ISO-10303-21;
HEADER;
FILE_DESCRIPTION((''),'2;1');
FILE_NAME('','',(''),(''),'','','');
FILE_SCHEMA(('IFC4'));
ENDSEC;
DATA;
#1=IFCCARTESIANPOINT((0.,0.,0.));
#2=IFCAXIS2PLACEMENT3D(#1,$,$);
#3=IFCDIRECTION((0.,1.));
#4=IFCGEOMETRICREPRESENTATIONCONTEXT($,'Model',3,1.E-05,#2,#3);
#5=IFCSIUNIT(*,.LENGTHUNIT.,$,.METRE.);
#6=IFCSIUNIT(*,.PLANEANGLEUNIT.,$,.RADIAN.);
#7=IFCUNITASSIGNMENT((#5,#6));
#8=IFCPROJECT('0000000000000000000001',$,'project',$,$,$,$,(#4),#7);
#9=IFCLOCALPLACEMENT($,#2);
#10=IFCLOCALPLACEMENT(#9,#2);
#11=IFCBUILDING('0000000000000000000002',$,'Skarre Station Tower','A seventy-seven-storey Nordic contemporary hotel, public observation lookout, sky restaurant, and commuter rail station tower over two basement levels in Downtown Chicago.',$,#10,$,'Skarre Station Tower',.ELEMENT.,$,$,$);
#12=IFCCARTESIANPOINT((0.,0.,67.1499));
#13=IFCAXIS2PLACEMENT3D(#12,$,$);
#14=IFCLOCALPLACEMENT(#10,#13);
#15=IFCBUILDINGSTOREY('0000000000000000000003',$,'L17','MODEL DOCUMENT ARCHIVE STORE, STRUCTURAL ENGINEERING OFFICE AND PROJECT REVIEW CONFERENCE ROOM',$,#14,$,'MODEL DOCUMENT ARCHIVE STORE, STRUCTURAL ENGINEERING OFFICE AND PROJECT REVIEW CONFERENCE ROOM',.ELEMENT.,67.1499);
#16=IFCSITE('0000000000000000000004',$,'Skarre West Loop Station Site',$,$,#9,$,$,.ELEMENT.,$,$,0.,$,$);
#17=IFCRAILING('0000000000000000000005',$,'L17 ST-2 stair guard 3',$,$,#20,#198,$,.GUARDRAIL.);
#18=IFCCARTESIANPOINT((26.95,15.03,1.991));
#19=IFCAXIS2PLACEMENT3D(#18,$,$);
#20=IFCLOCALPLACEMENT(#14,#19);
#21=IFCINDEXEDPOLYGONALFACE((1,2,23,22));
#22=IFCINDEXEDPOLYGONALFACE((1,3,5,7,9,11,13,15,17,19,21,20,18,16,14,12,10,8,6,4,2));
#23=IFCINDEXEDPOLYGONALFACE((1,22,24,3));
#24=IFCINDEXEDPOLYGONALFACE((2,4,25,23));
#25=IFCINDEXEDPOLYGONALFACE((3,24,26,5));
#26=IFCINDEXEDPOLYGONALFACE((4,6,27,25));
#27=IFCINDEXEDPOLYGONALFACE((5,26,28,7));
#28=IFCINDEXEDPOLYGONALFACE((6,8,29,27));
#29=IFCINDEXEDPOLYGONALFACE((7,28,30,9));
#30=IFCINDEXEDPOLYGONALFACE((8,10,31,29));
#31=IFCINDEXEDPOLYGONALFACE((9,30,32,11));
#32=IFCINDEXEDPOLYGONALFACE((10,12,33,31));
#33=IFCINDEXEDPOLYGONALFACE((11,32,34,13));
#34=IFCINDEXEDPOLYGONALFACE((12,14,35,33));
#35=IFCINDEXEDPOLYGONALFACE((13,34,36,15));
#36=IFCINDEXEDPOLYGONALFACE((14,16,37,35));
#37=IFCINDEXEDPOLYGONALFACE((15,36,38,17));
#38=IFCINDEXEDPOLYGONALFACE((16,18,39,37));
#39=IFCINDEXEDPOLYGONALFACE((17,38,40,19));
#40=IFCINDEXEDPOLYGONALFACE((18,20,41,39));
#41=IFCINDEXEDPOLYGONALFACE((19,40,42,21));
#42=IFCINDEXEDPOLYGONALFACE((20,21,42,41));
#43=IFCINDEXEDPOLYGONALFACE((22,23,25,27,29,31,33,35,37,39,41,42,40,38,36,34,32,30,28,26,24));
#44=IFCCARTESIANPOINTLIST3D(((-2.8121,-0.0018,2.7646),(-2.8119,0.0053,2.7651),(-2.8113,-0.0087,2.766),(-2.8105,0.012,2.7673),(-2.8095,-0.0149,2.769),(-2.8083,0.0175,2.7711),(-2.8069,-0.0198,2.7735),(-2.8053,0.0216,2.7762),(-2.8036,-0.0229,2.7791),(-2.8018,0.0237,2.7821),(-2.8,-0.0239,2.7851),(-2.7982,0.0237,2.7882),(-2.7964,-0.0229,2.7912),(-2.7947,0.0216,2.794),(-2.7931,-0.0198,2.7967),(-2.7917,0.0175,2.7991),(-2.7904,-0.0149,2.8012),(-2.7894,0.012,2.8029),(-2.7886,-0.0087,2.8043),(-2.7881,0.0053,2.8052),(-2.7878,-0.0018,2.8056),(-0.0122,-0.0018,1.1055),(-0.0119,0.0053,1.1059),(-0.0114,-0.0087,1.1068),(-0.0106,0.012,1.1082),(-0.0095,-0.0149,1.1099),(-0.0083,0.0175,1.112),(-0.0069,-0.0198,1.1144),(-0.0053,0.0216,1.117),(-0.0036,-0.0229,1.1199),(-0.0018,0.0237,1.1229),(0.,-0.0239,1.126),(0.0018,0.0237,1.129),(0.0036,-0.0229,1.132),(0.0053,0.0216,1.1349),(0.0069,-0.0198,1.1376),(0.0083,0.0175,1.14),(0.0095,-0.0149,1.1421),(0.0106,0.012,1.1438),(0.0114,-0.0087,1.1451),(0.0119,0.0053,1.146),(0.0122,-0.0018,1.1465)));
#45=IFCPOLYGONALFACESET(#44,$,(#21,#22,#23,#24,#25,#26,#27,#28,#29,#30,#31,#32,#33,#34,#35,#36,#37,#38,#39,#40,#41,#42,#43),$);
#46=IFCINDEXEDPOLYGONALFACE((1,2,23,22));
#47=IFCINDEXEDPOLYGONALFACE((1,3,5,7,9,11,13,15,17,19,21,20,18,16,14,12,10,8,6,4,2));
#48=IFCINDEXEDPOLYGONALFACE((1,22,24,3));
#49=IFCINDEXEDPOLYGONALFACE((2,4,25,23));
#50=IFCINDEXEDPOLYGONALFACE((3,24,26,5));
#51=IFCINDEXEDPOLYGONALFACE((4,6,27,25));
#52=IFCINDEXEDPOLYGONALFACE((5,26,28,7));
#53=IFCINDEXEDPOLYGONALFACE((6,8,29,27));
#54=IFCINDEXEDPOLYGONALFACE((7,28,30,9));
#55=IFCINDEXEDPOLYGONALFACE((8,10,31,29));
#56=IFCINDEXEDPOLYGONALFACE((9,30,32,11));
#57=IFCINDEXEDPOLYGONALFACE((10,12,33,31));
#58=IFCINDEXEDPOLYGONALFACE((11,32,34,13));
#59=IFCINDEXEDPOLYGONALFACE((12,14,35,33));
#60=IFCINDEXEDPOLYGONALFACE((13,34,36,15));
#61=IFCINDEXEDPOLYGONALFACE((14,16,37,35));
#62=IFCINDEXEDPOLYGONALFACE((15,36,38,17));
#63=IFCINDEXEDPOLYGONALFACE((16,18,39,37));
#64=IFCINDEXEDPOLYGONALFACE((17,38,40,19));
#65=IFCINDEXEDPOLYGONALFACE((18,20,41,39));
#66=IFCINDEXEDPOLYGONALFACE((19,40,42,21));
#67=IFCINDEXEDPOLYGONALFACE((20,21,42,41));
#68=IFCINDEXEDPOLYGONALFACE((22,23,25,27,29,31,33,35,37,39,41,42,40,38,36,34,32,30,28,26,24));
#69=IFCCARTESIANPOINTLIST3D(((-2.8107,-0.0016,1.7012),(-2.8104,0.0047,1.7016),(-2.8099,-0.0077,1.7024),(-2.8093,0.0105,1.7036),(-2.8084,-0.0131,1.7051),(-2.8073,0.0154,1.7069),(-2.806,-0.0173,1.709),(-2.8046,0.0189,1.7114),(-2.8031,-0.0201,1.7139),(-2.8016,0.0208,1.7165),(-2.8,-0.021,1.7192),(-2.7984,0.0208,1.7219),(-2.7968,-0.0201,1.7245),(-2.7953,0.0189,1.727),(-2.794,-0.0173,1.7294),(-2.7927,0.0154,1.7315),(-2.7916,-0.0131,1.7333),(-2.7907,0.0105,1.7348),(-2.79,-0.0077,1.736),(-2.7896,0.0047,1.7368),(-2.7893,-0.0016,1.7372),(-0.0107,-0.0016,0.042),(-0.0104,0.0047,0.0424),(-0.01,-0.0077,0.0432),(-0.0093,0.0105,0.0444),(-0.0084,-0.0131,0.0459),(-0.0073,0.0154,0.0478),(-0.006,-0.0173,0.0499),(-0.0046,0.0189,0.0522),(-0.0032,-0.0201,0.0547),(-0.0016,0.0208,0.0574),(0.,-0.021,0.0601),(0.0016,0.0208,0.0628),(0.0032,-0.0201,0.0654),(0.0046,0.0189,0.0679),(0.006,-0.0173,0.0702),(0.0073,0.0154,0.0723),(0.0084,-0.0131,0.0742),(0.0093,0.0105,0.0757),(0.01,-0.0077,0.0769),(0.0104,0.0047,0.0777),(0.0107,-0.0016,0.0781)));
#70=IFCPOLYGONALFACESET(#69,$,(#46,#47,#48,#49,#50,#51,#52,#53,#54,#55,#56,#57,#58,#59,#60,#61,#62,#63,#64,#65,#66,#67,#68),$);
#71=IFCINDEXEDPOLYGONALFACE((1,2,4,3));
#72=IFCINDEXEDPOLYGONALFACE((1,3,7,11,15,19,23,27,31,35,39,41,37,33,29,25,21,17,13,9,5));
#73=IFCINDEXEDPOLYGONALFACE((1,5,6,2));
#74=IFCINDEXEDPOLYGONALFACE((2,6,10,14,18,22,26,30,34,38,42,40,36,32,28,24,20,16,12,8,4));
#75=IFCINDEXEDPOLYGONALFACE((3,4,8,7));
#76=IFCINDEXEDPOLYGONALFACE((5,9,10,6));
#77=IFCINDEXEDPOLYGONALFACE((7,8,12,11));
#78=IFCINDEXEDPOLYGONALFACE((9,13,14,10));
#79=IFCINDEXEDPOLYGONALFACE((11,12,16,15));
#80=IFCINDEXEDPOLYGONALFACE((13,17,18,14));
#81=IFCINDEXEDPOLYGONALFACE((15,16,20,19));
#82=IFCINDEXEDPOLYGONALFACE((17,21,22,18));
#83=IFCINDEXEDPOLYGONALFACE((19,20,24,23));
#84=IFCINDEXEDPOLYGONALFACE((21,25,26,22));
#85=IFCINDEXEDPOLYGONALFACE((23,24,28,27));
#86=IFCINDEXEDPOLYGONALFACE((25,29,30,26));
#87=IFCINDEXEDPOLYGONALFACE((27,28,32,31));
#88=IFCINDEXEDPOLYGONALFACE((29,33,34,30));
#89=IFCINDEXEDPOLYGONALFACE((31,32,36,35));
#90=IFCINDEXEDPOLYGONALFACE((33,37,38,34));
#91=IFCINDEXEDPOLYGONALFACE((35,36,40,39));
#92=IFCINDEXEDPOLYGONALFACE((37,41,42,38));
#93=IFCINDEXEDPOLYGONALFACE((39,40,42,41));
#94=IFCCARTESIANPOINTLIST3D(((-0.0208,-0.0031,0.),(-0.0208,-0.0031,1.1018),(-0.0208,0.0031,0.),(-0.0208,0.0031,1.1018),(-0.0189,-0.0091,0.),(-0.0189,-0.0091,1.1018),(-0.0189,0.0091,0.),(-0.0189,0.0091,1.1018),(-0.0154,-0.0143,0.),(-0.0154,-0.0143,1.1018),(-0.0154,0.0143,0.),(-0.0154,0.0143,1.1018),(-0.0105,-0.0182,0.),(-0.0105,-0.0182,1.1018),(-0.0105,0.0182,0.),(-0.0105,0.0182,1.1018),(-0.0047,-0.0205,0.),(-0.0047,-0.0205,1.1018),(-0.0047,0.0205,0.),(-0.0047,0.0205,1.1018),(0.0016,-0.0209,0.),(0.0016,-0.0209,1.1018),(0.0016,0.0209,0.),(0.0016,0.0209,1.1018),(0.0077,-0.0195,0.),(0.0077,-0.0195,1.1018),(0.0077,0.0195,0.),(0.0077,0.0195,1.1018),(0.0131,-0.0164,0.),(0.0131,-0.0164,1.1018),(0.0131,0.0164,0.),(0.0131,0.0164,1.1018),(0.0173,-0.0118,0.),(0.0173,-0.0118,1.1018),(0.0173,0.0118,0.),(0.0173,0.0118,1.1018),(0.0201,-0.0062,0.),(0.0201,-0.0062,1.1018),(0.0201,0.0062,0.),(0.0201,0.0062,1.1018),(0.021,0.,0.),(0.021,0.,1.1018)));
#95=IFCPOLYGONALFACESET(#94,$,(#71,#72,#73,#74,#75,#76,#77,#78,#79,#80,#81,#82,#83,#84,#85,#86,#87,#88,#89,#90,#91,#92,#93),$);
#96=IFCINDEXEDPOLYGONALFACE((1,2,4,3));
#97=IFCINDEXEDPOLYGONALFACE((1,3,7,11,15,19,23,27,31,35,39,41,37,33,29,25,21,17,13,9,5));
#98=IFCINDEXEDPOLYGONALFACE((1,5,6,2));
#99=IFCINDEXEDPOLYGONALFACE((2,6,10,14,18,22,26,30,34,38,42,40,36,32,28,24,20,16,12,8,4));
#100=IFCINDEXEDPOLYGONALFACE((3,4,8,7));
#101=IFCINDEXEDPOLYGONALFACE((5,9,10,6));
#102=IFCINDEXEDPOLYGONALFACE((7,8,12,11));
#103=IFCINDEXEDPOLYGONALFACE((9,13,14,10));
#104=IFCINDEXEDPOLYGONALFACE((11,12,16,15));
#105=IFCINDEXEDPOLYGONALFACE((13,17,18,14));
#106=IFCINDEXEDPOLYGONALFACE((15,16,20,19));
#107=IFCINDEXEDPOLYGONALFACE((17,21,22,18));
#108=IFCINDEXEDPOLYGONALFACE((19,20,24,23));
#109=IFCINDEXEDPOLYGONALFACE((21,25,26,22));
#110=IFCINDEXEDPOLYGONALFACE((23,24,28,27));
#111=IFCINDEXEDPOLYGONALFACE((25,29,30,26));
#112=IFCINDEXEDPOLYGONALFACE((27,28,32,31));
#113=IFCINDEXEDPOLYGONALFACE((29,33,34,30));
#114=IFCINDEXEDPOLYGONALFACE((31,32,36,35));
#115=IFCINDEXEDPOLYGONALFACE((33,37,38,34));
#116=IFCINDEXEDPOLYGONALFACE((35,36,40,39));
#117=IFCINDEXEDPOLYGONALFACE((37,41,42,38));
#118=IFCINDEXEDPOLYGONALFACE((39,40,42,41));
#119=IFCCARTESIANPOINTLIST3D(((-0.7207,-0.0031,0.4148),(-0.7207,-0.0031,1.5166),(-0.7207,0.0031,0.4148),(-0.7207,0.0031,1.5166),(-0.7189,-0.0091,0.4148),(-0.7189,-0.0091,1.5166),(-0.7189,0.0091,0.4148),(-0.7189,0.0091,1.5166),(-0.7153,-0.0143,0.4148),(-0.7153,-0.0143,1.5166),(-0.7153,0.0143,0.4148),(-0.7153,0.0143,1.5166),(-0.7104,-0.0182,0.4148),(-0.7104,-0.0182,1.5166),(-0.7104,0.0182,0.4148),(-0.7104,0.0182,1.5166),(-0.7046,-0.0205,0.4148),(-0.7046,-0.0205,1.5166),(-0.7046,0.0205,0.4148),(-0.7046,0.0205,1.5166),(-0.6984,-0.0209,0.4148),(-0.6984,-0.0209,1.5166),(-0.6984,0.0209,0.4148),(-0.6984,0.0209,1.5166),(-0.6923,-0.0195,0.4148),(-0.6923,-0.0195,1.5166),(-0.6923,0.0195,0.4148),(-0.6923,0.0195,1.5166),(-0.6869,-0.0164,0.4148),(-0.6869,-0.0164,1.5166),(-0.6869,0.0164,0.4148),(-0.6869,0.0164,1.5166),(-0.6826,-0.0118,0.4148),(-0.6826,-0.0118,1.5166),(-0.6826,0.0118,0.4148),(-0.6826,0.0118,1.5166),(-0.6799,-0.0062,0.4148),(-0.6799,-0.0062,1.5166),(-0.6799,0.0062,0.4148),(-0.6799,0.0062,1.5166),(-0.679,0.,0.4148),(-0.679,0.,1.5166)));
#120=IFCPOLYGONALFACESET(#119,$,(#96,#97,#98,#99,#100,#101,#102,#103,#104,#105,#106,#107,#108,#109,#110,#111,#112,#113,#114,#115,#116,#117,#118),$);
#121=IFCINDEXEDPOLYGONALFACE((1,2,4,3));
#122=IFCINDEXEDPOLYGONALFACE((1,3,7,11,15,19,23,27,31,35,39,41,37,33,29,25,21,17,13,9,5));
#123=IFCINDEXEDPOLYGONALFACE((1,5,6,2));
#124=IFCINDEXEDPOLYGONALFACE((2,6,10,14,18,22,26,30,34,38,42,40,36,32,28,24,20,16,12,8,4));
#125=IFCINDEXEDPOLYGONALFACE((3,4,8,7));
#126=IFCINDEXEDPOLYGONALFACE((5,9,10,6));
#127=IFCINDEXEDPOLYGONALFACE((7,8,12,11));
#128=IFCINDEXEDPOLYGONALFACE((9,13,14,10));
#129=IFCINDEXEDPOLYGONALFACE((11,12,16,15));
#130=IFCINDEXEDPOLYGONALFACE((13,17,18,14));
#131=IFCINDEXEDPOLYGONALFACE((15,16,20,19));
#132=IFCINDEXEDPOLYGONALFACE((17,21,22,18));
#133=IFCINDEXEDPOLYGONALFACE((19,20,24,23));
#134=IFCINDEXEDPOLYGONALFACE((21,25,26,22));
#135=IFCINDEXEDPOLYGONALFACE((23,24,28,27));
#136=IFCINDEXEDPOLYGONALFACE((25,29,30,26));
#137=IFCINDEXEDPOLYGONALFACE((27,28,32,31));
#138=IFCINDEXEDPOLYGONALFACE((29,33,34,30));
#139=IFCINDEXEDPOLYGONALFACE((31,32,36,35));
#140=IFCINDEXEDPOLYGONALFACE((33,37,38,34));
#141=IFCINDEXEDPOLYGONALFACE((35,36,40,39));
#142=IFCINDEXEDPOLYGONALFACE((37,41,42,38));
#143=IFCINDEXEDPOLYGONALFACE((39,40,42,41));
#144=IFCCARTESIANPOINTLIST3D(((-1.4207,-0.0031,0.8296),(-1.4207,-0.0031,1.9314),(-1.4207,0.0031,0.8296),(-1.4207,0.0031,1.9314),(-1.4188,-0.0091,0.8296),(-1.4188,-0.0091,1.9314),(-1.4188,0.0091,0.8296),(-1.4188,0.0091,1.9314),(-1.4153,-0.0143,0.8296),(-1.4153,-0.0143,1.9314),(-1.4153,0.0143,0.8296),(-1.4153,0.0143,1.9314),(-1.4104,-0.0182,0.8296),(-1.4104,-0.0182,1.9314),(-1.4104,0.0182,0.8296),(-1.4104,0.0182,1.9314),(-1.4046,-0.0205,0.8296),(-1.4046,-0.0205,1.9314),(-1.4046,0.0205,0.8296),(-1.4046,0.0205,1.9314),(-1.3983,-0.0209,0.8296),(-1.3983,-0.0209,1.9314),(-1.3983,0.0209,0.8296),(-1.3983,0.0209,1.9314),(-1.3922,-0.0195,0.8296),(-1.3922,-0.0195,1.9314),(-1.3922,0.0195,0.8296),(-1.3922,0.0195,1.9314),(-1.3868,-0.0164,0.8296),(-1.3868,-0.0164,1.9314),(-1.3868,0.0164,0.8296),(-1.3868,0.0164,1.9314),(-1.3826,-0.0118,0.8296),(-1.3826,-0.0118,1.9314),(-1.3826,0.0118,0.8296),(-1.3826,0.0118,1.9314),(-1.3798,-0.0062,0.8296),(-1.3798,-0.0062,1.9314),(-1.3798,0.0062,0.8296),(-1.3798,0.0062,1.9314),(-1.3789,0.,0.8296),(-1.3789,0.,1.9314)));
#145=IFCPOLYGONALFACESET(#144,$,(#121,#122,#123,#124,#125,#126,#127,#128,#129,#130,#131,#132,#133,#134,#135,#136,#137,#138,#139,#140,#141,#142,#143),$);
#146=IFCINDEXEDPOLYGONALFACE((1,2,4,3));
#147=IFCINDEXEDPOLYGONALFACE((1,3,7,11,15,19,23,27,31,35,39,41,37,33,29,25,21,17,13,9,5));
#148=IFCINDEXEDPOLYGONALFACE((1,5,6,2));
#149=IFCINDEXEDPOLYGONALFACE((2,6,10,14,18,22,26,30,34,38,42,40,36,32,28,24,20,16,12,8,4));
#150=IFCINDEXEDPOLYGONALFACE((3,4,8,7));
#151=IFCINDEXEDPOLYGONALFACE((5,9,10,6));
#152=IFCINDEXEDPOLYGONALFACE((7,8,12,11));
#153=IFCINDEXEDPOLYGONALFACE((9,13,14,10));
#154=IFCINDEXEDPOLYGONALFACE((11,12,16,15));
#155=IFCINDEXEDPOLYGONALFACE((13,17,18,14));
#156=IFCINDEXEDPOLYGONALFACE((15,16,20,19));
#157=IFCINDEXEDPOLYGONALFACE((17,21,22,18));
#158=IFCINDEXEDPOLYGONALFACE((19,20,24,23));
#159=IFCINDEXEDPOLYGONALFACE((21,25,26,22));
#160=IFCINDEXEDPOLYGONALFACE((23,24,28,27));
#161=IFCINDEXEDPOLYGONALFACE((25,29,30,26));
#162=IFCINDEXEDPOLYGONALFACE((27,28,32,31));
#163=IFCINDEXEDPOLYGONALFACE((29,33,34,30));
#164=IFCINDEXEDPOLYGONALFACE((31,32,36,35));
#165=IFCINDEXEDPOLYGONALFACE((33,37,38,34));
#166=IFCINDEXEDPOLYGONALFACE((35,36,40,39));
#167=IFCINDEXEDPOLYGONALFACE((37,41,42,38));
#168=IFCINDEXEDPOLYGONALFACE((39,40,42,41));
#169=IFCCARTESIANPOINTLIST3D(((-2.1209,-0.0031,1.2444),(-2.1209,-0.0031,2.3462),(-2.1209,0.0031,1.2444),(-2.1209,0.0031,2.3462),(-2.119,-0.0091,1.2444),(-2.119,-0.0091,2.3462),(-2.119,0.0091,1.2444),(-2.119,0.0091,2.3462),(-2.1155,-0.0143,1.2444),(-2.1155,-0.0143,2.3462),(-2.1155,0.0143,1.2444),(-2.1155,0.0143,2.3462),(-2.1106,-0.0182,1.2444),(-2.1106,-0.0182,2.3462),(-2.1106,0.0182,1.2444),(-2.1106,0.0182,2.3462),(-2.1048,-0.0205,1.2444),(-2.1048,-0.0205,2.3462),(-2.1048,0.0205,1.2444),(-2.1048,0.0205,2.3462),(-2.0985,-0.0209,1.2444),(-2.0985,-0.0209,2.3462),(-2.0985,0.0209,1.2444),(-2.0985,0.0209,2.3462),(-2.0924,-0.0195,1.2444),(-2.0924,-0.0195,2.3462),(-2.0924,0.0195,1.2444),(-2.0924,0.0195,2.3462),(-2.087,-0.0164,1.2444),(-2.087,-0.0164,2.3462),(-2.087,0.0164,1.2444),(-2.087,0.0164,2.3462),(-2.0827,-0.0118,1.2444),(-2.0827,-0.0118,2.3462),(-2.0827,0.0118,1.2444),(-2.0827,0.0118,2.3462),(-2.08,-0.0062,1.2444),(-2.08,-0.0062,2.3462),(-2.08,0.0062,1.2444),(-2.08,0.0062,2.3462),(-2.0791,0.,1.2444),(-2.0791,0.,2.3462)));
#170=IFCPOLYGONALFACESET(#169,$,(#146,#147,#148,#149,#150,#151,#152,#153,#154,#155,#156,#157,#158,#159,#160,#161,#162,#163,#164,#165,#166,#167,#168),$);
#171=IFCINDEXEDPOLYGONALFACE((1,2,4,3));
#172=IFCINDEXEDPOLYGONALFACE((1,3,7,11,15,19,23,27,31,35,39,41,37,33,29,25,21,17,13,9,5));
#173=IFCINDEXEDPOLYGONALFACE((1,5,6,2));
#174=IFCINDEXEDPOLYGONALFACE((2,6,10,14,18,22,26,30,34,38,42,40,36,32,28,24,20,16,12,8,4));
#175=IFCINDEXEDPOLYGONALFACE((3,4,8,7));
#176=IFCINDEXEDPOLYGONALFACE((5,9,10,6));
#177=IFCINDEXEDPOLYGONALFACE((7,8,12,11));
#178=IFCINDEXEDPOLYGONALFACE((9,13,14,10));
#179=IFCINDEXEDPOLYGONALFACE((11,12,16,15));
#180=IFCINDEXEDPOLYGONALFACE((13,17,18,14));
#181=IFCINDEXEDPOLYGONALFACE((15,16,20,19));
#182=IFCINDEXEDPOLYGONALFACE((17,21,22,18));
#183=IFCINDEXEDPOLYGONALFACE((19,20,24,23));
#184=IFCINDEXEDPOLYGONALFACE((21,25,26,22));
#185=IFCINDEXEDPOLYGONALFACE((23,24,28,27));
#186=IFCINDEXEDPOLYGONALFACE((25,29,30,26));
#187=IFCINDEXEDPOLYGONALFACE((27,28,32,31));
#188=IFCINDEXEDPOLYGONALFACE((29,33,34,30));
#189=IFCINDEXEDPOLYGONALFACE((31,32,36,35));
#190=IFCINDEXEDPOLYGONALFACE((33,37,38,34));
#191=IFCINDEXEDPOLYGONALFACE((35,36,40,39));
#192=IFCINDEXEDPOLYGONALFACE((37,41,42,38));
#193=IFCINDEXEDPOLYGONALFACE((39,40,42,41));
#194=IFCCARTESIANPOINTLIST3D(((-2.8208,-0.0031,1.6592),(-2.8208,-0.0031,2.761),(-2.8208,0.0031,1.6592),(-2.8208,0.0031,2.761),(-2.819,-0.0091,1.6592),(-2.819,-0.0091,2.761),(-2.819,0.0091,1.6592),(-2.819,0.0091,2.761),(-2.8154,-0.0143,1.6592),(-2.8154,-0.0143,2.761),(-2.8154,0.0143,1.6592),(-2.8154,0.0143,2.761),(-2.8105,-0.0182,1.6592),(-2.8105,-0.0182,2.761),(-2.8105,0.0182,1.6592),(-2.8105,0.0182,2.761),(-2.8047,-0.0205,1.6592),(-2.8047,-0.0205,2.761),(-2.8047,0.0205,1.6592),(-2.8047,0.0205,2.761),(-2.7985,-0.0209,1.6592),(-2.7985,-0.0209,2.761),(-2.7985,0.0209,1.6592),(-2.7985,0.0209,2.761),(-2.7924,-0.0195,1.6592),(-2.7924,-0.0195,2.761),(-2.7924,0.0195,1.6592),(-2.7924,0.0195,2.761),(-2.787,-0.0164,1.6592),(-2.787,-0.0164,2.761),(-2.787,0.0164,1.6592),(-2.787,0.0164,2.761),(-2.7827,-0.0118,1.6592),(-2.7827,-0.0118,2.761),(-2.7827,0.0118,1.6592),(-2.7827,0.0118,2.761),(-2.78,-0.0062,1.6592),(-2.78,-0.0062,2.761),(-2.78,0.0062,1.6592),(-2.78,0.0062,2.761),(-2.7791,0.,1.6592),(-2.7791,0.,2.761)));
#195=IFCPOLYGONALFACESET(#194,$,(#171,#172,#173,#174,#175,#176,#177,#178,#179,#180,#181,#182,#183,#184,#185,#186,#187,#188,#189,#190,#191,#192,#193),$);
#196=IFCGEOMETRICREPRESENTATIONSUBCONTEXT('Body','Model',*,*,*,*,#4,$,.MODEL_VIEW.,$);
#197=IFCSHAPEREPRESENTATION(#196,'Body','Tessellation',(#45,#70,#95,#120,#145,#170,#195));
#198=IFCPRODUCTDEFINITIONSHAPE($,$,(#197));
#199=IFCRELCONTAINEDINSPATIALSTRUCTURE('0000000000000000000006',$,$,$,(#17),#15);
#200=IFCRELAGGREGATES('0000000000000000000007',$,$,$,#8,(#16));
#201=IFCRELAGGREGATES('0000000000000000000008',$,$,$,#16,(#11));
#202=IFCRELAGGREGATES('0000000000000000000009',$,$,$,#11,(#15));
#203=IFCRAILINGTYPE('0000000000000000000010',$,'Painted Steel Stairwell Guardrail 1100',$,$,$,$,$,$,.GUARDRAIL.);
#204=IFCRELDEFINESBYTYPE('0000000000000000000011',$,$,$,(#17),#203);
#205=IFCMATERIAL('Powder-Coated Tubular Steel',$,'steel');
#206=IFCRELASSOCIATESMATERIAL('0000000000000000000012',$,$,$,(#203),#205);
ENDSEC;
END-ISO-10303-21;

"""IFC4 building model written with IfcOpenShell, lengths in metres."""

from ifc_helpers import new_model, si_unit, direction, frame, origin, origin_2d, place, context, subcontext, project, spatial, circle, extrude, material, type_object, element, save


model = new_model("IFC4")

# Units and contexts
model_context = context("Model", 3, precision=1e-05, world=origin(), true_north=direction((0.0, 1.0)))
body_context = subcontext(model_context, "Body", "Model", "MODEL_VIEW")
ifc_project = project(units=[si_unit("LENGTHUNIT", "METRE"), si_unit("PLANEANGLEUNIT", "RADIAN")], contexts=[model_context])

# Site, building, storey
site_placement = place(None, origin())
site = spatial("IfcSite", under=ifc_project, at=site_placement, Name="Skarre West Loop Station Site", CompositionType="ELEMENT", RefElevation=0.0)
building_placement = place(site_placement, origin())
building = spatial("IfcBuilding", under=site, at=building_placement, Name="Skarre Station Tower", Description="A seventy-seven-storey Nordic contemporary hotel, public observation lookout, sky restaurant, and commuter rail station tower over two basement levels in Downtown Chicago.", LongName="Skarre Station Tower", CompositionType="ELEMENT")
storey_placement = place(building_placement, frame((0.0, 0.0, 67.1499)))
storey = spatial("IfcBuildingStorey", under=building, at=storey_placement, Name="L17", Description="MODEL DOCUMENT ARCHIVE STORE, STRUCTURAL ENGINEERING OFFICE AND PROJECT REVIEW CONFERENCE ROOM", LongName="MODEL DOCUMENT ARCHIVE STORE, STRUCTURAL ENGINEERING OFFICE AND PROJECT REVIEW CONFERENCE ROOM", CompositionType="ELEMENT", Elevation=67.1499)

# Railing
ifc_material_1 = material(Name="Powder-Coated Tubular Steel", Category="steel")
railing_type_1 = type_object("IfcRailingType", Name="Painted Steel Stairwell Guardrail 1100", PredefinedType="GUARDRAIL", material=ifc_material_1)
railing_1_placement = place(storey_placement, frame((26.95, 15.03, 1.991)))
element("IfcRailing", 1, at=railing_1_placement, inside=storey, type_object=railing_type_1, Name="L17 ST-2 stair guard 3", PredefinedType="GUARDRAIL", context=body_context, shape_type="SweptSolid", body=[
    extrude(circle(Radius=0.0239, at=origin_2d()), frame((0.0, 0.0, 1.126), z_axis=(-0.860306, 0.0, 0.509778), x_axis=(0.0, -1.0, 0.0)), (0.0, 0.0, 1.0), 3.2546),
    extrude(circle(Radius=0.021, at=origin_2d()), frame((0.0, 0.0, 0.0601), z_axis=(-0.860306, 0.0, 0.509778), x_axis=(0.0, -1.0, 0.0)), (0.0, 0.0, 1.0), 3.2546),
    extrude(circle(Radius=0.021, at=origin_2d()), origin(), (0.0, 0.0, 1.0), 1.1018),
    extrude(circle(Radius=0.021, at=origin_2d()), frame((-0.7, 0.0, 0.4148)), (0.0, 0.0, 1.0), 1.1018),
    extrude(circle(Radius=0.021, at=origin_2d()), frame((-1.3999, 0.0, 0.8296)), (0.0, 0.0, 1.0), 1.1018),
    extrude(circle(Radius=0.021, at=origin_2d()), frame((-2.1001, 0.0, 1.2444)), (0.0, 0.0, 1.0), 1.1018),
    extrude(circle(Radius=0.021, at=origin_2d()), frame((-2.8, 0.0, 1.6592)), (0.0, 0.0, 1.0), 1.1018),
])

save(model, "model.ifc")
